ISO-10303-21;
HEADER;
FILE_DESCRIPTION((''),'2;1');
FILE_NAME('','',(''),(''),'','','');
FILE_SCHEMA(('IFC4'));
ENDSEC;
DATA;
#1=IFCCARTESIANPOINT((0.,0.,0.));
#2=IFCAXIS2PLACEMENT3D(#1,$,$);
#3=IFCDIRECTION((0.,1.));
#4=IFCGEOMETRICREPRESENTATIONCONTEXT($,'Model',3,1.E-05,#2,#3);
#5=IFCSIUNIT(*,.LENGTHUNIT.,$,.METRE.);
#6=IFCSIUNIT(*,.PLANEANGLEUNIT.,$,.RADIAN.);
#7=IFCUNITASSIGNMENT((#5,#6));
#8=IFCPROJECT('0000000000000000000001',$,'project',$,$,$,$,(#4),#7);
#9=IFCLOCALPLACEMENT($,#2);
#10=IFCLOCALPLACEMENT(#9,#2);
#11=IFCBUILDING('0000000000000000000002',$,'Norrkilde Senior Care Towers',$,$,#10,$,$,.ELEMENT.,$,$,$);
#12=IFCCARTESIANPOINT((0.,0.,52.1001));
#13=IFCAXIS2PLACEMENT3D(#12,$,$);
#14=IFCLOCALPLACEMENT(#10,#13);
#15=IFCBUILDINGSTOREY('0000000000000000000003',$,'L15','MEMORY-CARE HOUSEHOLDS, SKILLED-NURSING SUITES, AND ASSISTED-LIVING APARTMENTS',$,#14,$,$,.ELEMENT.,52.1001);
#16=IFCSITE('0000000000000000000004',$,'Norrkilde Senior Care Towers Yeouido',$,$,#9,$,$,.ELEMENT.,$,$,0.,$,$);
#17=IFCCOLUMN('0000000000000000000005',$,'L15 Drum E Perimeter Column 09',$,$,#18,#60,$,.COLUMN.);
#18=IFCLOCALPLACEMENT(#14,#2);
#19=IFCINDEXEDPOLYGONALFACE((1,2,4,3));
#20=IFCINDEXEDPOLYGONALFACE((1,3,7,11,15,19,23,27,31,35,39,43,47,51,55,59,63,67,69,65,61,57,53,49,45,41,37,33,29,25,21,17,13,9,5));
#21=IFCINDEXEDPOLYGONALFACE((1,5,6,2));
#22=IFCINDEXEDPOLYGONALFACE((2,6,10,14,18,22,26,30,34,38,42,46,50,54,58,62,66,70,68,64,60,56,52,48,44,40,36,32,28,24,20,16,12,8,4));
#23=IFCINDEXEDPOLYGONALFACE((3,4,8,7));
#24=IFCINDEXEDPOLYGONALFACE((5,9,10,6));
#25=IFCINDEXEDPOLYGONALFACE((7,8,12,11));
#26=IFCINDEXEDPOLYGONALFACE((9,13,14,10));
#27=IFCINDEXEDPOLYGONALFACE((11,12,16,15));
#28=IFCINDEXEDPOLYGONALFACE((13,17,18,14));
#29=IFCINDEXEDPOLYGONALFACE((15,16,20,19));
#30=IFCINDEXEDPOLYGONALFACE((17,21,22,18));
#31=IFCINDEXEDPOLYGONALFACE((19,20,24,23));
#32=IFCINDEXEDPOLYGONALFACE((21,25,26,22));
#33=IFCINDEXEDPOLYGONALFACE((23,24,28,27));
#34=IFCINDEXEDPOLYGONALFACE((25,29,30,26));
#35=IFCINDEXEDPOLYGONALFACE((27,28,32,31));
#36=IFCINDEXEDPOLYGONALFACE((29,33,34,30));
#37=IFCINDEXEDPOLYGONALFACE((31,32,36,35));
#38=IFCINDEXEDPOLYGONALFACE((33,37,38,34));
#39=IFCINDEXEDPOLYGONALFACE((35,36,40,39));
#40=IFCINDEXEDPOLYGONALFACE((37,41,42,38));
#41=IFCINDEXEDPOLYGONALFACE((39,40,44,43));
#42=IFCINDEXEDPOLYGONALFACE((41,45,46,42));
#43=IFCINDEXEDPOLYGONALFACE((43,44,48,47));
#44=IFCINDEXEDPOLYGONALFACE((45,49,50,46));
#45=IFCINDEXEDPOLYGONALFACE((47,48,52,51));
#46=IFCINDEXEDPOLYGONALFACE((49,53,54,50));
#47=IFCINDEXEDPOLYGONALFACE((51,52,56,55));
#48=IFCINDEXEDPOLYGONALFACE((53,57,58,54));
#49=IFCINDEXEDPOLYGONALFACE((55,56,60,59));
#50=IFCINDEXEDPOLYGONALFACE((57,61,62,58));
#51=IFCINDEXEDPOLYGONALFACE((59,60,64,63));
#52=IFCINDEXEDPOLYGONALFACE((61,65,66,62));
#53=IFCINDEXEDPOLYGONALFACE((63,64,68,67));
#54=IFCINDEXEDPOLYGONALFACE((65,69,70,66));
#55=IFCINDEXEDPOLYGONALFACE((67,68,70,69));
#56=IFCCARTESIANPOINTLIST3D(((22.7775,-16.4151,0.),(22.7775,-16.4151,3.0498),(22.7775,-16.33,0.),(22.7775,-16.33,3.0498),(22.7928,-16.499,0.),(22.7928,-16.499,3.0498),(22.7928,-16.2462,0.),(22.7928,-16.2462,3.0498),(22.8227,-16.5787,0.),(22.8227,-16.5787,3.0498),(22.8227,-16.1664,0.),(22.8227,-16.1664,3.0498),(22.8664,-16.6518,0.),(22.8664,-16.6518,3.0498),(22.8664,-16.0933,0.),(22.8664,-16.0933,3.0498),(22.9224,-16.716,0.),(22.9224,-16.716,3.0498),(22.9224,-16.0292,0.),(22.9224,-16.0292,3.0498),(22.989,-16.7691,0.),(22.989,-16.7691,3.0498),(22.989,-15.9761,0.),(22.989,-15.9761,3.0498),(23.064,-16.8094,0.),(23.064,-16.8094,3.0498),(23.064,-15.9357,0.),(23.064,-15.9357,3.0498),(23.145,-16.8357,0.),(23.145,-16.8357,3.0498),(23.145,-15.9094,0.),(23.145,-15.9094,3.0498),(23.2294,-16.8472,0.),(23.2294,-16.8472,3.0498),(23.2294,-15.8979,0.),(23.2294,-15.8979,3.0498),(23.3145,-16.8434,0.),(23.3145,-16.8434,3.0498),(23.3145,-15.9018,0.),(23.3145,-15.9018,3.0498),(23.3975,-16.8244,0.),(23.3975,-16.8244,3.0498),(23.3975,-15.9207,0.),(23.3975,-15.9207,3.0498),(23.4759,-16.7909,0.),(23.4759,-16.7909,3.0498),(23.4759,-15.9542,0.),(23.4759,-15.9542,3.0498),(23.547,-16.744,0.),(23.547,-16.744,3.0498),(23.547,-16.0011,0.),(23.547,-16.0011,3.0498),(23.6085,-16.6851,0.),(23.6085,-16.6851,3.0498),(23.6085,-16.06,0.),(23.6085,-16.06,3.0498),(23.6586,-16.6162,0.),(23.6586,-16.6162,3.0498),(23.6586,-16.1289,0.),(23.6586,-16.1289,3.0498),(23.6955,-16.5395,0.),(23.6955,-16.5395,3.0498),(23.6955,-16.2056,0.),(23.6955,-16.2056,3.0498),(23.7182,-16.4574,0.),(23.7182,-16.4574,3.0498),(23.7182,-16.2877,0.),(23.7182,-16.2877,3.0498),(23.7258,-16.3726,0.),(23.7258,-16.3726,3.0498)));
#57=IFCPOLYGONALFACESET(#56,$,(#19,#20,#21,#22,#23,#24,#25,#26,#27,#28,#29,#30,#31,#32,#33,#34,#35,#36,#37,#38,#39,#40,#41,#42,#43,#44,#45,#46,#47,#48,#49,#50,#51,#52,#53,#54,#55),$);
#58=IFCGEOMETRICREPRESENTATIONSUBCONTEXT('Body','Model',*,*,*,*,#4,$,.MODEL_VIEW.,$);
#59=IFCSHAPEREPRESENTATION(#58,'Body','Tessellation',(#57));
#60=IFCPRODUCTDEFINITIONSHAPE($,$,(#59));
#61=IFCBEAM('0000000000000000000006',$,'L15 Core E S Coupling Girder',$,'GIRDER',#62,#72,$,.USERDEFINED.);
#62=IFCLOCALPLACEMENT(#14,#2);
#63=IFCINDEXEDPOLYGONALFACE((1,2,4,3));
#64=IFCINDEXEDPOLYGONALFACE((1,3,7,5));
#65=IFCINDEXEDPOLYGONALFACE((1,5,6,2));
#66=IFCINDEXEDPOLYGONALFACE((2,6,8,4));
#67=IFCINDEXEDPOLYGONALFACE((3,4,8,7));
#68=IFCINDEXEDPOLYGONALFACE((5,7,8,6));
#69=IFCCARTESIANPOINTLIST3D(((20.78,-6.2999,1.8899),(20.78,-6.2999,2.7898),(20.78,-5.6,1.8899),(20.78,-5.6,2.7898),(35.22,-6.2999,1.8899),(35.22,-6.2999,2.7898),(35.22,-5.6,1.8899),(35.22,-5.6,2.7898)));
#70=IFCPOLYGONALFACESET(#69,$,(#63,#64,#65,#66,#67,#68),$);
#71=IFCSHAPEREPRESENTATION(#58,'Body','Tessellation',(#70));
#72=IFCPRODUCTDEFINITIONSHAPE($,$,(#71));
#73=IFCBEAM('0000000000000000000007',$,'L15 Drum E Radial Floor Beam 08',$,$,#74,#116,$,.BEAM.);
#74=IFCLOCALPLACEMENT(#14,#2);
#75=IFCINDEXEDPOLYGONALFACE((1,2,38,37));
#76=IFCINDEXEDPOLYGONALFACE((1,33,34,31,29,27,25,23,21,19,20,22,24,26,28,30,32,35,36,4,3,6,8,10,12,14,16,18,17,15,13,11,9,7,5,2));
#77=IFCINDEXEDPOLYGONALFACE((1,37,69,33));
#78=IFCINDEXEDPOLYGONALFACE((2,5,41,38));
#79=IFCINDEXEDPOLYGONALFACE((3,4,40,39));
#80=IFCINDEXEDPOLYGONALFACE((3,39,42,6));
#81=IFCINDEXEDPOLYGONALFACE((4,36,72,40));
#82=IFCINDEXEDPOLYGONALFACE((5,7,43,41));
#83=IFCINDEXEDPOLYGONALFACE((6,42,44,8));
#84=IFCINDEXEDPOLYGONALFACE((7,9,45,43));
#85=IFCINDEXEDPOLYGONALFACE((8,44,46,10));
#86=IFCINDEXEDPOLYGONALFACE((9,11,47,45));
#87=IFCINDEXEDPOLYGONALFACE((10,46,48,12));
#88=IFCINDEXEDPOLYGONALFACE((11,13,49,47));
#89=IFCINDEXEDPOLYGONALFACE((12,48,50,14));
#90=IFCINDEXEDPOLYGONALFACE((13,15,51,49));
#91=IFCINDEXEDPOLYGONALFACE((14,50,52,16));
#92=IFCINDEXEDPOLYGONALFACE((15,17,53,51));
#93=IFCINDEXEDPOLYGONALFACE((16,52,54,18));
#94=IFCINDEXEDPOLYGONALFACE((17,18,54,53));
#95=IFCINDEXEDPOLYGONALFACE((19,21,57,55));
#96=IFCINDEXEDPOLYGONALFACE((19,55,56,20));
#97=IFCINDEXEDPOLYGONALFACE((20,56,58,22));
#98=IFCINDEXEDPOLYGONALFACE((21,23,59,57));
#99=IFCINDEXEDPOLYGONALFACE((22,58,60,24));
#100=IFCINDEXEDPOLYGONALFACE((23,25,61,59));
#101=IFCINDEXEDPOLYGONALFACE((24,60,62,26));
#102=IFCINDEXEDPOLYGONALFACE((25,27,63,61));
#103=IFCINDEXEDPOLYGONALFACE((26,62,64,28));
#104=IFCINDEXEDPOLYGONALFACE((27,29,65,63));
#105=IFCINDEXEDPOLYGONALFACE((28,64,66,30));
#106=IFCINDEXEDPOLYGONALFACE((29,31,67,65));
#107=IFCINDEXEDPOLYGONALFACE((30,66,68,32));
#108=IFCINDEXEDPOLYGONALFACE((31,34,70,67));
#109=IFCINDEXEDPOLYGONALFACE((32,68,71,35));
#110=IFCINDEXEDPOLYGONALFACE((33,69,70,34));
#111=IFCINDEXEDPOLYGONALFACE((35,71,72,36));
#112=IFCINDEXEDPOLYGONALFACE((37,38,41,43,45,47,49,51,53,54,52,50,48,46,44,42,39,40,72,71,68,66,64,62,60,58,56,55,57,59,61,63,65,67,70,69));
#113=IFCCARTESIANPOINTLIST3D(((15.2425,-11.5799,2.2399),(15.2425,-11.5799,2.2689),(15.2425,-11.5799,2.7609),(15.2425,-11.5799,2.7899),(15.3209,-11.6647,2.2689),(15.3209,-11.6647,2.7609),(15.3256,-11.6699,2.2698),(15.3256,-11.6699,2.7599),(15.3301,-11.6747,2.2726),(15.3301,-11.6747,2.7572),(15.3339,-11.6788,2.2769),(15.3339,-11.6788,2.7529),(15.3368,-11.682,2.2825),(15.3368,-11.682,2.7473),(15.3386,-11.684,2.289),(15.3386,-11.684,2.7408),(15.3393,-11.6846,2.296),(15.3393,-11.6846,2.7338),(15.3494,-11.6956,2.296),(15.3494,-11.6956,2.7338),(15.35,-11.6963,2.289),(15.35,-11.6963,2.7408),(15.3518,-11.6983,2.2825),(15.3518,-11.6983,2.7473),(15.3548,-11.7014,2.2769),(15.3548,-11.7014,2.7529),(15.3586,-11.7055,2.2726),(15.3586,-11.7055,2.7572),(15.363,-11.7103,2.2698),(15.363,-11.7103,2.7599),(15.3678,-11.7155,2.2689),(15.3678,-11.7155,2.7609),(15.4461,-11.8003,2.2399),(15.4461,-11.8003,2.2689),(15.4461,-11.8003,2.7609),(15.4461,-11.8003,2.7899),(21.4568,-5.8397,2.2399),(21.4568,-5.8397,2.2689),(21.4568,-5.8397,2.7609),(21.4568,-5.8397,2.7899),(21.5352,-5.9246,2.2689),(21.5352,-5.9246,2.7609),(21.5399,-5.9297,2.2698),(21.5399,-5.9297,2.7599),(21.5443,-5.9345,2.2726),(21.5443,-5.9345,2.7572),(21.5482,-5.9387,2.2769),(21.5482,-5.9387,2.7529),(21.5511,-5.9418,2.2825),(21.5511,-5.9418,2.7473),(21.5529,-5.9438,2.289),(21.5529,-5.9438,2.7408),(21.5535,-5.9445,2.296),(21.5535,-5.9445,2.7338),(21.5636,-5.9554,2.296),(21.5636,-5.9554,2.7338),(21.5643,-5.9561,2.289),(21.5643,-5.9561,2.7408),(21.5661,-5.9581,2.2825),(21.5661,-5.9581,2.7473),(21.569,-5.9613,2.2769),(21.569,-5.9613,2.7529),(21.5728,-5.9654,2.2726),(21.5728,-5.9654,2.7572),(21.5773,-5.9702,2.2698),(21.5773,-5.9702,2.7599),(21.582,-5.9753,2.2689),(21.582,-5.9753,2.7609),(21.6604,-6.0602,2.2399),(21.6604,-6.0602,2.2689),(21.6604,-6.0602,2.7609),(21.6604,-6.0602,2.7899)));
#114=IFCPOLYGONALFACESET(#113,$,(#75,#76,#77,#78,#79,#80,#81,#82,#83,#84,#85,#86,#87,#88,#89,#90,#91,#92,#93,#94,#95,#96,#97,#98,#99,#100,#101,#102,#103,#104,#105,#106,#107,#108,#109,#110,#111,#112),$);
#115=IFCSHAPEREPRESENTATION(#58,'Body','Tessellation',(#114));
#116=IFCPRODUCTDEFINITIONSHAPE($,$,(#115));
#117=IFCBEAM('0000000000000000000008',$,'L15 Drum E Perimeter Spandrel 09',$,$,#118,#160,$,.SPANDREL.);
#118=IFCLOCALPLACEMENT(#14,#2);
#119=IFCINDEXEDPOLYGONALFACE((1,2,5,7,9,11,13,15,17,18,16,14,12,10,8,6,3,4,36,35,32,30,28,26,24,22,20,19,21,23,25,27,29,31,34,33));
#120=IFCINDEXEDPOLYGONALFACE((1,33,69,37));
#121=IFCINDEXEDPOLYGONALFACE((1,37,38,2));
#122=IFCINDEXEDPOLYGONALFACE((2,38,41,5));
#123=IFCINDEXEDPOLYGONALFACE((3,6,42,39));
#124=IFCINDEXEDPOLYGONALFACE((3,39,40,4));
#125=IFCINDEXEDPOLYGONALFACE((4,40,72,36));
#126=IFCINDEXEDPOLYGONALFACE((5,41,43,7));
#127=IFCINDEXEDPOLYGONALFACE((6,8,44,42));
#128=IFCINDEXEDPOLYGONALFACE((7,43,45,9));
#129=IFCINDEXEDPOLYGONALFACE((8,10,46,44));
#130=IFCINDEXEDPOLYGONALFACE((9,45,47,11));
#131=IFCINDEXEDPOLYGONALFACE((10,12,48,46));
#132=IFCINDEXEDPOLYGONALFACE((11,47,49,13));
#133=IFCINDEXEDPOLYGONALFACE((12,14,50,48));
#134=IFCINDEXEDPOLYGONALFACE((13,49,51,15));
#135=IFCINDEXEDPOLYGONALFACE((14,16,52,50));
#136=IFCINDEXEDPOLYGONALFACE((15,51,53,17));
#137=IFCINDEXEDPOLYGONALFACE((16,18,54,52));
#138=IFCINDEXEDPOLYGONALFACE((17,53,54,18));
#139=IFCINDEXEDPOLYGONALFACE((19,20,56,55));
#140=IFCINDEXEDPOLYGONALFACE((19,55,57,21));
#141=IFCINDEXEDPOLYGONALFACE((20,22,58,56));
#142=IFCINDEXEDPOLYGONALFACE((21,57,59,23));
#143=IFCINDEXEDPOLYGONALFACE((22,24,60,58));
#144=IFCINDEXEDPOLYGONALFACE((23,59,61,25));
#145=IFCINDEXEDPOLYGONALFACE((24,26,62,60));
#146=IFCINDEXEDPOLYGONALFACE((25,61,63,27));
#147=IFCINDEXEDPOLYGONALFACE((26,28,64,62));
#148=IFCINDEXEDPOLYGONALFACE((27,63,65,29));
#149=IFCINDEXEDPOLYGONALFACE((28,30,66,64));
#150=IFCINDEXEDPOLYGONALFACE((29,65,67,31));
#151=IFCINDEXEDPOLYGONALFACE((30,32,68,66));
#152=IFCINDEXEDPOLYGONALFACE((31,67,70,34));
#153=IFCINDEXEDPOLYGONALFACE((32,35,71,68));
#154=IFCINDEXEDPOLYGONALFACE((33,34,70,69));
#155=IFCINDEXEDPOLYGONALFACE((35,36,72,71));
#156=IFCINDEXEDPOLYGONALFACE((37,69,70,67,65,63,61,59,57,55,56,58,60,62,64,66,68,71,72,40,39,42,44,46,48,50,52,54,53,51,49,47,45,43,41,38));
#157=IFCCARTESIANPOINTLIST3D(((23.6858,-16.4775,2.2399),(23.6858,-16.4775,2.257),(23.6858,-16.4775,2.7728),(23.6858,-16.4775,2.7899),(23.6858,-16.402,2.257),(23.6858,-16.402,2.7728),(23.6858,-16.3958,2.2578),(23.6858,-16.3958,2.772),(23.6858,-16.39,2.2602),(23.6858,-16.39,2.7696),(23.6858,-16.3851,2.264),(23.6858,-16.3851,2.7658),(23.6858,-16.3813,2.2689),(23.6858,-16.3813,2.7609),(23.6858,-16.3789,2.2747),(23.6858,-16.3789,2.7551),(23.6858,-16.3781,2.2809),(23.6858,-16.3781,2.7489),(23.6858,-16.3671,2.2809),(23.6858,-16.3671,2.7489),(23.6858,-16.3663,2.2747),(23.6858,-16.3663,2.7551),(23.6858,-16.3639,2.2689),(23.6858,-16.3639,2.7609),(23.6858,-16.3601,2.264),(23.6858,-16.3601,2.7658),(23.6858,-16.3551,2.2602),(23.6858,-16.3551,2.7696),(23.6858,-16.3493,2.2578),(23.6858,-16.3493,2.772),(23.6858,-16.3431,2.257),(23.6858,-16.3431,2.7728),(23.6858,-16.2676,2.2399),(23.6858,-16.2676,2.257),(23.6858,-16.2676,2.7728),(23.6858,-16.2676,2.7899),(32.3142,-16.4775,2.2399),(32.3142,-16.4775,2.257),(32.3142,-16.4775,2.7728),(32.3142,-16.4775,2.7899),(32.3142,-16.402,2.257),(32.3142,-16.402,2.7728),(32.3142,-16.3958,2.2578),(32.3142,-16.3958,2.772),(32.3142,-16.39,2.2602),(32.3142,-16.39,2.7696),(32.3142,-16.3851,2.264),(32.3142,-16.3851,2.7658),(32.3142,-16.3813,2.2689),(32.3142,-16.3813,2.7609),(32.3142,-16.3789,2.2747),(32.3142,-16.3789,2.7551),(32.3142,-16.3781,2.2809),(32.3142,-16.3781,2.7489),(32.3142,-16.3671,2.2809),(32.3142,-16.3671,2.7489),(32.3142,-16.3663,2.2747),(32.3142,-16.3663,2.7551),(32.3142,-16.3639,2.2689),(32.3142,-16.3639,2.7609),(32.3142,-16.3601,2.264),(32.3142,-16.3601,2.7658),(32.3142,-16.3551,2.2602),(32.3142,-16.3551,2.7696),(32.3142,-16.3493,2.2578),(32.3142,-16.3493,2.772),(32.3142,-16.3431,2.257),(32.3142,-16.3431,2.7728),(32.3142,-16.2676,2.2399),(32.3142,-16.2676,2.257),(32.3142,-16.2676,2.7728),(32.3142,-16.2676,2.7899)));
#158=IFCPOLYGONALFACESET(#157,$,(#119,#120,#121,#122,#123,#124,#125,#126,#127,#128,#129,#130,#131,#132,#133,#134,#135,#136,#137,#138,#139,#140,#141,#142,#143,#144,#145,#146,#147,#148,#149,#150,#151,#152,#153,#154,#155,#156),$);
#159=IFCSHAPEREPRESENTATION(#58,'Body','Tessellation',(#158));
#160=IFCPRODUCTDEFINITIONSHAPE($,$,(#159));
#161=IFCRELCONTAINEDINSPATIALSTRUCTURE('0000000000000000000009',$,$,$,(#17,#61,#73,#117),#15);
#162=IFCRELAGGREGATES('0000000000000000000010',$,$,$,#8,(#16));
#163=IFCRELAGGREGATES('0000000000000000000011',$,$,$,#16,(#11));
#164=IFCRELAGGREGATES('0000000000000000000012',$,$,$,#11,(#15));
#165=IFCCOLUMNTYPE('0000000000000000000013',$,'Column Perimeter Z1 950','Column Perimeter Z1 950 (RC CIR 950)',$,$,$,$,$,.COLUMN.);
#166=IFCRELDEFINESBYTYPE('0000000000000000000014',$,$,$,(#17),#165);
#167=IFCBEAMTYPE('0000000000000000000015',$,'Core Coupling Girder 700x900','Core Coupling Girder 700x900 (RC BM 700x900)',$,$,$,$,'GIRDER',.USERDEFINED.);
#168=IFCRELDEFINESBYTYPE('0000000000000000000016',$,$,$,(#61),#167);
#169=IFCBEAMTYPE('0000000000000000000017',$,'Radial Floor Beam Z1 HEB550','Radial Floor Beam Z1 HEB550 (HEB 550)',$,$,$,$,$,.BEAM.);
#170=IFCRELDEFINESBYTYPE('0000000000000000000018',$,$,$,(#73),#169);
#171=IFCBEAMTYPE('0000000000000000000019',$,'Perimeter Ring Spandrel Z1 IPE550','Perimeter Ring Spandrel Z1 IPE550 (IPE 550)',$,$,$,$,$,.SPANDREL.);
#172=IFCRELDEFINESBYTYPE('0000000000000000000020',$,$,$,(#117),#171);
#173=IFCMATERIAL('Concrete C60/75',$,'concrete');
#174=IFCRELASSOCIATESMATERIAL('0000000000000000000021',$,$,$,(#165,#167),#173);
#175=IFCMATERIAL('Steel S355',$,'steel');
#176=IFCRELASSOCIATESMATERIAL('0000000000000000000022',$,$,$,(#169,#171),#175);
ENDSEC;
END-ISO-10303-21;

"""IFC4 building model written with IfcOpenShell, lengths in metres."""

from ifc_helpers import new_model, si_unit, direction, frame, origin, origin_2d, place, context, subcontext, project, spatial, rectangle, circle, i_section, extrude, source, transform, mapped, material, material_profile, profile_set, type_object, type_shapes, element, save


model = new_model("IFC4")

# Units and contexts
model_context = context("Model", 3, precision=1e-05, world=origin(), true_north=direction((0.0, 1.0)))
body_context = subcontext(model_context, "Body", "Model", "MODEL_VIEW")
ifc_project = project(units=[si_unit("LENGTHUNIT", "METRE"), si_unit("PLANEANGLEUNIT", "RADIAN")], contexts=[model_context])

# Site, building, storey
site_placement = place(None, origin())
site = spatial("IfcSite", under=ifc_project, at=site_placement, Name="Norrkilde Senior Care Towers Yeouido", CompositionType="ELEMENT", RefElevation=0.0)
building_placement = place(site_placement, origin())
building = spatial("IfcBuilding", under=site, at=building_placement, Name="Norrkilde Senior Care Towers", CompositionType="ELEMENT")
storey_placement = place(building_placement, frame((0.0, 0.0, 52.1001)))
storey = spatial("IfcBuildingStorey", under=building, at=storey_placement, Name="L15", Description="MEMORY-CARE HOUSEHOLDS, SKILLED-NURSING SUITES, AND ASSISTED-LIVING APARTMENTS", CompositionType="ELEMENT", Elevation=52.1001)

# Column
ifc_material_1 = material(Name="Concrete C60/75", Category="concrete")
ifc_material_profile_1 = material_profile(ifc_material_1, circle(Radius=0.4751, at=origin_2d()), Name="RC CIR 950")
ifc_profile_set_1 = profile_set([ifc_material_profile_1], Name="Concrete C60/75")
column_type = type_object("IfcColumnType", Name="Column Perimeter Z1 950", Description="Column Perimeter Z1 950 (RC CIR 950)", PredefinedType="COLUMN", material=ifc_profile_set_1)
shared_shape_1 = source(origin(), body_context, "Body", "SweptSolid", [
    extrude(circle(Radius=0.4751, at=origin_2d()), origin(), (0.0, 0.0, 1.0), 3.0498),
])
type_shapes(column_type, [shared_shape_1])
column_placement = place(storey_placement, frame((23.2507, -16.3726, 0.0), z_axis=(0.0, 0.0, 1.0), x_axis=(1.0, 0.0, 0.0)))
element("IfcColumn", 1, at=column_placement, inside=storey, type_object=column_type, Name="L15 Drum E Perimeter Column 09", PredefinedType="COLUMN", context=body_context, shape_type="MappedRepresentation", body=[
    mapped(shared_shape_1, transform((0.0, 0.0, 0.0), x_axis=(1.0, 0.0, 0.0), y_axis=(0.0, 1.0, 0.0), z_axis=(0.0, 0.0, 1.0), scale=1.0)),
])

# Beams
ifc_material_profile_2 = material_profile(ifc_material_1, rectangle(XDim=0.7, YDim=0.8999, at=origin_2d()), Name="RC BM 700x900")
ifc_profile_set_2 = profile_set([ifc_material_profile_2], Name="Concrete C60/75")
beam_type_1 = type_object("IfcBeamType", Name="Core Coupling Girder 700x900", Description="Core Coupling Girder 700x900 (RC BM 700x900)", ElementType="GIRDER", PredefinedType="USERDEFINED", material=ifc_profile_set_2)
shared_shape_2 = source(origin(), body_context, "Body", "SweptSolid", [
    extrude(rectangle(XDim=0.7, YDim=0.8999, at=origin_2d()), origin(), (0.0, 0.0, 1.0), 14.4399),
])
type_shapes(beam_type_1, [shared_shape_2])
beam_1_placement = place(storey_placement, frame((20.78, -5.95, 2.3398), z_axis=(1.0, 0.0, 0.0), x_axis=(0.0, 1.0, 0.0)))
element("IfcBeam", 2, at=beam_1_placement, inside=storey, type_object=beam_type_1, Name="L15 Core E S Coupling Girder", ObjectType="GIRDER", PredefinedType="USERDEFINED", context=body_context, shape_type="MappedRepresentation", body=[
    mapped(shared_shape_2, transform((0.0, 0.0, 0.0), x_axis=(1.0, 0.0, 0.0), y_axis=(0.0, 1.0, 0.0), z_axis=(0.0, 0.0, 1.0), scale=1.0)),
])
ifc_material_2 = material(Name="Steel S355", Category="steel")
ifc_material_profile_3 = material_profile(ifc_material_2, i_section(OverallWidth=0.3, OverallDepth=0.55, WebThickness=0.0149, FlangeThickness=0.0291, FilletRadius=0.0271, at=origin_2d()), Name="HEB 550")
ifc_profile_set_3 = profile_set([ifc_material_profile_3], Name="Steel S355")
beam_type_2 = type_object("IfcBeamType", Name="Radial Floor Beam Z1 HEB550", Description="Radial Floor Beam Z1 HEB550 (HEB 550)", PredefinedType="BEAM", material=ifc_profile_set_3)
shared_shape_3 = source(origin(), body_context, "Body", "SweptSolid", [
    extrude(i_section(OverallWidth=0.3, OverallDepth=0.55, WebThickness=0.0149, FlangeThickness=0.0291, FilletRadius=0.0271, at=origin_2d()), origin(), (0.0, 0.0, 1.0), 8.4597),
])
beam_2_placement = place(storey_placement, frame((21.5586, -5.95, 2.5149), z_axis=(-0.734573, -0.678529, 0.0), x_axis=(0.678529, -0.734573, 0.0)))
element("IfcBeam", 3, at=beam_2_placement, inside=storey, type_object=beam_type_2, Name="L15 Drum E Radial Floor Beam 08", PredefinedType="BEAM", context=body_context, shape_type="MappedRepresentation", body=[
    mapped(shared_shape_3, transform((0.0, 0.0, 0.0), x_axis=(1.0, 0.0, 0.0), y_axis=(0.0, 1.0, 0.0), z_axis=(0.0, 0.0, 1.0), scale=1.0)),
])
ifc_material_profile_4 = material_profile(ifc_material_2, i_section(OverallWidth=0.21, OverallDepth=0.55, WebThickness=0.011, FlangeThickness=0.0171, FilletRadius=0.0239, at=origin_2d()), Name="IPE 550")
ifc_profile_set_4 = profile_set([ifc_material_profile_4], Name="Steel S355")
beam_type_3 = type_object("IfcBeamType", Name="Perimeter Ring Spandrel Z1 IPE550", Description="Perimeter Ring Spandrel Z1 IPE550 (IPE 550)", PredefinedType="SPANDREL", material=ifc_profile_set_4)
shared_shape_4 = source(origin(), body_context, "Body", "SweptSolid", [
    extrude(i_section(OverallWidth=0.21, OverallDepth=0.55, WebThickness=0.011, FlangeThickness=0.0171, FilletRadius=0.0239, at=origin_2d()), origin(), (0.0, 0.0, 1.0), 8.6284),
])
type_shapes(beam_type_3, [shared_shape_4])
beam_3_placement = place(storey_placement, frame((23.6858, -16.3726, 2.5149), z_axis=(1.0, 0.0, 0.0), x_axis=(0.0, 1.0, 0.0)))
element("IfcBeam", 4, at=beam_3_placement, inside=storey, type_object=beam_type_3, Name="L15 Drum E Perimeter Spandrel 09", PredefinedType="SPANDREL", context=body_context, shape_type="MappedRepresentation", body=[
    mapped(shared_shape_4, transform((0.0, 0.0, 0.0), x_axis=(1.0, 0.0, 0.0), y_axis=(0.0, 1.0, 0.0), z_axis=(0.0, 0.0, 1.0), scale=1.0)),
])

save(model, "model.ifc")
